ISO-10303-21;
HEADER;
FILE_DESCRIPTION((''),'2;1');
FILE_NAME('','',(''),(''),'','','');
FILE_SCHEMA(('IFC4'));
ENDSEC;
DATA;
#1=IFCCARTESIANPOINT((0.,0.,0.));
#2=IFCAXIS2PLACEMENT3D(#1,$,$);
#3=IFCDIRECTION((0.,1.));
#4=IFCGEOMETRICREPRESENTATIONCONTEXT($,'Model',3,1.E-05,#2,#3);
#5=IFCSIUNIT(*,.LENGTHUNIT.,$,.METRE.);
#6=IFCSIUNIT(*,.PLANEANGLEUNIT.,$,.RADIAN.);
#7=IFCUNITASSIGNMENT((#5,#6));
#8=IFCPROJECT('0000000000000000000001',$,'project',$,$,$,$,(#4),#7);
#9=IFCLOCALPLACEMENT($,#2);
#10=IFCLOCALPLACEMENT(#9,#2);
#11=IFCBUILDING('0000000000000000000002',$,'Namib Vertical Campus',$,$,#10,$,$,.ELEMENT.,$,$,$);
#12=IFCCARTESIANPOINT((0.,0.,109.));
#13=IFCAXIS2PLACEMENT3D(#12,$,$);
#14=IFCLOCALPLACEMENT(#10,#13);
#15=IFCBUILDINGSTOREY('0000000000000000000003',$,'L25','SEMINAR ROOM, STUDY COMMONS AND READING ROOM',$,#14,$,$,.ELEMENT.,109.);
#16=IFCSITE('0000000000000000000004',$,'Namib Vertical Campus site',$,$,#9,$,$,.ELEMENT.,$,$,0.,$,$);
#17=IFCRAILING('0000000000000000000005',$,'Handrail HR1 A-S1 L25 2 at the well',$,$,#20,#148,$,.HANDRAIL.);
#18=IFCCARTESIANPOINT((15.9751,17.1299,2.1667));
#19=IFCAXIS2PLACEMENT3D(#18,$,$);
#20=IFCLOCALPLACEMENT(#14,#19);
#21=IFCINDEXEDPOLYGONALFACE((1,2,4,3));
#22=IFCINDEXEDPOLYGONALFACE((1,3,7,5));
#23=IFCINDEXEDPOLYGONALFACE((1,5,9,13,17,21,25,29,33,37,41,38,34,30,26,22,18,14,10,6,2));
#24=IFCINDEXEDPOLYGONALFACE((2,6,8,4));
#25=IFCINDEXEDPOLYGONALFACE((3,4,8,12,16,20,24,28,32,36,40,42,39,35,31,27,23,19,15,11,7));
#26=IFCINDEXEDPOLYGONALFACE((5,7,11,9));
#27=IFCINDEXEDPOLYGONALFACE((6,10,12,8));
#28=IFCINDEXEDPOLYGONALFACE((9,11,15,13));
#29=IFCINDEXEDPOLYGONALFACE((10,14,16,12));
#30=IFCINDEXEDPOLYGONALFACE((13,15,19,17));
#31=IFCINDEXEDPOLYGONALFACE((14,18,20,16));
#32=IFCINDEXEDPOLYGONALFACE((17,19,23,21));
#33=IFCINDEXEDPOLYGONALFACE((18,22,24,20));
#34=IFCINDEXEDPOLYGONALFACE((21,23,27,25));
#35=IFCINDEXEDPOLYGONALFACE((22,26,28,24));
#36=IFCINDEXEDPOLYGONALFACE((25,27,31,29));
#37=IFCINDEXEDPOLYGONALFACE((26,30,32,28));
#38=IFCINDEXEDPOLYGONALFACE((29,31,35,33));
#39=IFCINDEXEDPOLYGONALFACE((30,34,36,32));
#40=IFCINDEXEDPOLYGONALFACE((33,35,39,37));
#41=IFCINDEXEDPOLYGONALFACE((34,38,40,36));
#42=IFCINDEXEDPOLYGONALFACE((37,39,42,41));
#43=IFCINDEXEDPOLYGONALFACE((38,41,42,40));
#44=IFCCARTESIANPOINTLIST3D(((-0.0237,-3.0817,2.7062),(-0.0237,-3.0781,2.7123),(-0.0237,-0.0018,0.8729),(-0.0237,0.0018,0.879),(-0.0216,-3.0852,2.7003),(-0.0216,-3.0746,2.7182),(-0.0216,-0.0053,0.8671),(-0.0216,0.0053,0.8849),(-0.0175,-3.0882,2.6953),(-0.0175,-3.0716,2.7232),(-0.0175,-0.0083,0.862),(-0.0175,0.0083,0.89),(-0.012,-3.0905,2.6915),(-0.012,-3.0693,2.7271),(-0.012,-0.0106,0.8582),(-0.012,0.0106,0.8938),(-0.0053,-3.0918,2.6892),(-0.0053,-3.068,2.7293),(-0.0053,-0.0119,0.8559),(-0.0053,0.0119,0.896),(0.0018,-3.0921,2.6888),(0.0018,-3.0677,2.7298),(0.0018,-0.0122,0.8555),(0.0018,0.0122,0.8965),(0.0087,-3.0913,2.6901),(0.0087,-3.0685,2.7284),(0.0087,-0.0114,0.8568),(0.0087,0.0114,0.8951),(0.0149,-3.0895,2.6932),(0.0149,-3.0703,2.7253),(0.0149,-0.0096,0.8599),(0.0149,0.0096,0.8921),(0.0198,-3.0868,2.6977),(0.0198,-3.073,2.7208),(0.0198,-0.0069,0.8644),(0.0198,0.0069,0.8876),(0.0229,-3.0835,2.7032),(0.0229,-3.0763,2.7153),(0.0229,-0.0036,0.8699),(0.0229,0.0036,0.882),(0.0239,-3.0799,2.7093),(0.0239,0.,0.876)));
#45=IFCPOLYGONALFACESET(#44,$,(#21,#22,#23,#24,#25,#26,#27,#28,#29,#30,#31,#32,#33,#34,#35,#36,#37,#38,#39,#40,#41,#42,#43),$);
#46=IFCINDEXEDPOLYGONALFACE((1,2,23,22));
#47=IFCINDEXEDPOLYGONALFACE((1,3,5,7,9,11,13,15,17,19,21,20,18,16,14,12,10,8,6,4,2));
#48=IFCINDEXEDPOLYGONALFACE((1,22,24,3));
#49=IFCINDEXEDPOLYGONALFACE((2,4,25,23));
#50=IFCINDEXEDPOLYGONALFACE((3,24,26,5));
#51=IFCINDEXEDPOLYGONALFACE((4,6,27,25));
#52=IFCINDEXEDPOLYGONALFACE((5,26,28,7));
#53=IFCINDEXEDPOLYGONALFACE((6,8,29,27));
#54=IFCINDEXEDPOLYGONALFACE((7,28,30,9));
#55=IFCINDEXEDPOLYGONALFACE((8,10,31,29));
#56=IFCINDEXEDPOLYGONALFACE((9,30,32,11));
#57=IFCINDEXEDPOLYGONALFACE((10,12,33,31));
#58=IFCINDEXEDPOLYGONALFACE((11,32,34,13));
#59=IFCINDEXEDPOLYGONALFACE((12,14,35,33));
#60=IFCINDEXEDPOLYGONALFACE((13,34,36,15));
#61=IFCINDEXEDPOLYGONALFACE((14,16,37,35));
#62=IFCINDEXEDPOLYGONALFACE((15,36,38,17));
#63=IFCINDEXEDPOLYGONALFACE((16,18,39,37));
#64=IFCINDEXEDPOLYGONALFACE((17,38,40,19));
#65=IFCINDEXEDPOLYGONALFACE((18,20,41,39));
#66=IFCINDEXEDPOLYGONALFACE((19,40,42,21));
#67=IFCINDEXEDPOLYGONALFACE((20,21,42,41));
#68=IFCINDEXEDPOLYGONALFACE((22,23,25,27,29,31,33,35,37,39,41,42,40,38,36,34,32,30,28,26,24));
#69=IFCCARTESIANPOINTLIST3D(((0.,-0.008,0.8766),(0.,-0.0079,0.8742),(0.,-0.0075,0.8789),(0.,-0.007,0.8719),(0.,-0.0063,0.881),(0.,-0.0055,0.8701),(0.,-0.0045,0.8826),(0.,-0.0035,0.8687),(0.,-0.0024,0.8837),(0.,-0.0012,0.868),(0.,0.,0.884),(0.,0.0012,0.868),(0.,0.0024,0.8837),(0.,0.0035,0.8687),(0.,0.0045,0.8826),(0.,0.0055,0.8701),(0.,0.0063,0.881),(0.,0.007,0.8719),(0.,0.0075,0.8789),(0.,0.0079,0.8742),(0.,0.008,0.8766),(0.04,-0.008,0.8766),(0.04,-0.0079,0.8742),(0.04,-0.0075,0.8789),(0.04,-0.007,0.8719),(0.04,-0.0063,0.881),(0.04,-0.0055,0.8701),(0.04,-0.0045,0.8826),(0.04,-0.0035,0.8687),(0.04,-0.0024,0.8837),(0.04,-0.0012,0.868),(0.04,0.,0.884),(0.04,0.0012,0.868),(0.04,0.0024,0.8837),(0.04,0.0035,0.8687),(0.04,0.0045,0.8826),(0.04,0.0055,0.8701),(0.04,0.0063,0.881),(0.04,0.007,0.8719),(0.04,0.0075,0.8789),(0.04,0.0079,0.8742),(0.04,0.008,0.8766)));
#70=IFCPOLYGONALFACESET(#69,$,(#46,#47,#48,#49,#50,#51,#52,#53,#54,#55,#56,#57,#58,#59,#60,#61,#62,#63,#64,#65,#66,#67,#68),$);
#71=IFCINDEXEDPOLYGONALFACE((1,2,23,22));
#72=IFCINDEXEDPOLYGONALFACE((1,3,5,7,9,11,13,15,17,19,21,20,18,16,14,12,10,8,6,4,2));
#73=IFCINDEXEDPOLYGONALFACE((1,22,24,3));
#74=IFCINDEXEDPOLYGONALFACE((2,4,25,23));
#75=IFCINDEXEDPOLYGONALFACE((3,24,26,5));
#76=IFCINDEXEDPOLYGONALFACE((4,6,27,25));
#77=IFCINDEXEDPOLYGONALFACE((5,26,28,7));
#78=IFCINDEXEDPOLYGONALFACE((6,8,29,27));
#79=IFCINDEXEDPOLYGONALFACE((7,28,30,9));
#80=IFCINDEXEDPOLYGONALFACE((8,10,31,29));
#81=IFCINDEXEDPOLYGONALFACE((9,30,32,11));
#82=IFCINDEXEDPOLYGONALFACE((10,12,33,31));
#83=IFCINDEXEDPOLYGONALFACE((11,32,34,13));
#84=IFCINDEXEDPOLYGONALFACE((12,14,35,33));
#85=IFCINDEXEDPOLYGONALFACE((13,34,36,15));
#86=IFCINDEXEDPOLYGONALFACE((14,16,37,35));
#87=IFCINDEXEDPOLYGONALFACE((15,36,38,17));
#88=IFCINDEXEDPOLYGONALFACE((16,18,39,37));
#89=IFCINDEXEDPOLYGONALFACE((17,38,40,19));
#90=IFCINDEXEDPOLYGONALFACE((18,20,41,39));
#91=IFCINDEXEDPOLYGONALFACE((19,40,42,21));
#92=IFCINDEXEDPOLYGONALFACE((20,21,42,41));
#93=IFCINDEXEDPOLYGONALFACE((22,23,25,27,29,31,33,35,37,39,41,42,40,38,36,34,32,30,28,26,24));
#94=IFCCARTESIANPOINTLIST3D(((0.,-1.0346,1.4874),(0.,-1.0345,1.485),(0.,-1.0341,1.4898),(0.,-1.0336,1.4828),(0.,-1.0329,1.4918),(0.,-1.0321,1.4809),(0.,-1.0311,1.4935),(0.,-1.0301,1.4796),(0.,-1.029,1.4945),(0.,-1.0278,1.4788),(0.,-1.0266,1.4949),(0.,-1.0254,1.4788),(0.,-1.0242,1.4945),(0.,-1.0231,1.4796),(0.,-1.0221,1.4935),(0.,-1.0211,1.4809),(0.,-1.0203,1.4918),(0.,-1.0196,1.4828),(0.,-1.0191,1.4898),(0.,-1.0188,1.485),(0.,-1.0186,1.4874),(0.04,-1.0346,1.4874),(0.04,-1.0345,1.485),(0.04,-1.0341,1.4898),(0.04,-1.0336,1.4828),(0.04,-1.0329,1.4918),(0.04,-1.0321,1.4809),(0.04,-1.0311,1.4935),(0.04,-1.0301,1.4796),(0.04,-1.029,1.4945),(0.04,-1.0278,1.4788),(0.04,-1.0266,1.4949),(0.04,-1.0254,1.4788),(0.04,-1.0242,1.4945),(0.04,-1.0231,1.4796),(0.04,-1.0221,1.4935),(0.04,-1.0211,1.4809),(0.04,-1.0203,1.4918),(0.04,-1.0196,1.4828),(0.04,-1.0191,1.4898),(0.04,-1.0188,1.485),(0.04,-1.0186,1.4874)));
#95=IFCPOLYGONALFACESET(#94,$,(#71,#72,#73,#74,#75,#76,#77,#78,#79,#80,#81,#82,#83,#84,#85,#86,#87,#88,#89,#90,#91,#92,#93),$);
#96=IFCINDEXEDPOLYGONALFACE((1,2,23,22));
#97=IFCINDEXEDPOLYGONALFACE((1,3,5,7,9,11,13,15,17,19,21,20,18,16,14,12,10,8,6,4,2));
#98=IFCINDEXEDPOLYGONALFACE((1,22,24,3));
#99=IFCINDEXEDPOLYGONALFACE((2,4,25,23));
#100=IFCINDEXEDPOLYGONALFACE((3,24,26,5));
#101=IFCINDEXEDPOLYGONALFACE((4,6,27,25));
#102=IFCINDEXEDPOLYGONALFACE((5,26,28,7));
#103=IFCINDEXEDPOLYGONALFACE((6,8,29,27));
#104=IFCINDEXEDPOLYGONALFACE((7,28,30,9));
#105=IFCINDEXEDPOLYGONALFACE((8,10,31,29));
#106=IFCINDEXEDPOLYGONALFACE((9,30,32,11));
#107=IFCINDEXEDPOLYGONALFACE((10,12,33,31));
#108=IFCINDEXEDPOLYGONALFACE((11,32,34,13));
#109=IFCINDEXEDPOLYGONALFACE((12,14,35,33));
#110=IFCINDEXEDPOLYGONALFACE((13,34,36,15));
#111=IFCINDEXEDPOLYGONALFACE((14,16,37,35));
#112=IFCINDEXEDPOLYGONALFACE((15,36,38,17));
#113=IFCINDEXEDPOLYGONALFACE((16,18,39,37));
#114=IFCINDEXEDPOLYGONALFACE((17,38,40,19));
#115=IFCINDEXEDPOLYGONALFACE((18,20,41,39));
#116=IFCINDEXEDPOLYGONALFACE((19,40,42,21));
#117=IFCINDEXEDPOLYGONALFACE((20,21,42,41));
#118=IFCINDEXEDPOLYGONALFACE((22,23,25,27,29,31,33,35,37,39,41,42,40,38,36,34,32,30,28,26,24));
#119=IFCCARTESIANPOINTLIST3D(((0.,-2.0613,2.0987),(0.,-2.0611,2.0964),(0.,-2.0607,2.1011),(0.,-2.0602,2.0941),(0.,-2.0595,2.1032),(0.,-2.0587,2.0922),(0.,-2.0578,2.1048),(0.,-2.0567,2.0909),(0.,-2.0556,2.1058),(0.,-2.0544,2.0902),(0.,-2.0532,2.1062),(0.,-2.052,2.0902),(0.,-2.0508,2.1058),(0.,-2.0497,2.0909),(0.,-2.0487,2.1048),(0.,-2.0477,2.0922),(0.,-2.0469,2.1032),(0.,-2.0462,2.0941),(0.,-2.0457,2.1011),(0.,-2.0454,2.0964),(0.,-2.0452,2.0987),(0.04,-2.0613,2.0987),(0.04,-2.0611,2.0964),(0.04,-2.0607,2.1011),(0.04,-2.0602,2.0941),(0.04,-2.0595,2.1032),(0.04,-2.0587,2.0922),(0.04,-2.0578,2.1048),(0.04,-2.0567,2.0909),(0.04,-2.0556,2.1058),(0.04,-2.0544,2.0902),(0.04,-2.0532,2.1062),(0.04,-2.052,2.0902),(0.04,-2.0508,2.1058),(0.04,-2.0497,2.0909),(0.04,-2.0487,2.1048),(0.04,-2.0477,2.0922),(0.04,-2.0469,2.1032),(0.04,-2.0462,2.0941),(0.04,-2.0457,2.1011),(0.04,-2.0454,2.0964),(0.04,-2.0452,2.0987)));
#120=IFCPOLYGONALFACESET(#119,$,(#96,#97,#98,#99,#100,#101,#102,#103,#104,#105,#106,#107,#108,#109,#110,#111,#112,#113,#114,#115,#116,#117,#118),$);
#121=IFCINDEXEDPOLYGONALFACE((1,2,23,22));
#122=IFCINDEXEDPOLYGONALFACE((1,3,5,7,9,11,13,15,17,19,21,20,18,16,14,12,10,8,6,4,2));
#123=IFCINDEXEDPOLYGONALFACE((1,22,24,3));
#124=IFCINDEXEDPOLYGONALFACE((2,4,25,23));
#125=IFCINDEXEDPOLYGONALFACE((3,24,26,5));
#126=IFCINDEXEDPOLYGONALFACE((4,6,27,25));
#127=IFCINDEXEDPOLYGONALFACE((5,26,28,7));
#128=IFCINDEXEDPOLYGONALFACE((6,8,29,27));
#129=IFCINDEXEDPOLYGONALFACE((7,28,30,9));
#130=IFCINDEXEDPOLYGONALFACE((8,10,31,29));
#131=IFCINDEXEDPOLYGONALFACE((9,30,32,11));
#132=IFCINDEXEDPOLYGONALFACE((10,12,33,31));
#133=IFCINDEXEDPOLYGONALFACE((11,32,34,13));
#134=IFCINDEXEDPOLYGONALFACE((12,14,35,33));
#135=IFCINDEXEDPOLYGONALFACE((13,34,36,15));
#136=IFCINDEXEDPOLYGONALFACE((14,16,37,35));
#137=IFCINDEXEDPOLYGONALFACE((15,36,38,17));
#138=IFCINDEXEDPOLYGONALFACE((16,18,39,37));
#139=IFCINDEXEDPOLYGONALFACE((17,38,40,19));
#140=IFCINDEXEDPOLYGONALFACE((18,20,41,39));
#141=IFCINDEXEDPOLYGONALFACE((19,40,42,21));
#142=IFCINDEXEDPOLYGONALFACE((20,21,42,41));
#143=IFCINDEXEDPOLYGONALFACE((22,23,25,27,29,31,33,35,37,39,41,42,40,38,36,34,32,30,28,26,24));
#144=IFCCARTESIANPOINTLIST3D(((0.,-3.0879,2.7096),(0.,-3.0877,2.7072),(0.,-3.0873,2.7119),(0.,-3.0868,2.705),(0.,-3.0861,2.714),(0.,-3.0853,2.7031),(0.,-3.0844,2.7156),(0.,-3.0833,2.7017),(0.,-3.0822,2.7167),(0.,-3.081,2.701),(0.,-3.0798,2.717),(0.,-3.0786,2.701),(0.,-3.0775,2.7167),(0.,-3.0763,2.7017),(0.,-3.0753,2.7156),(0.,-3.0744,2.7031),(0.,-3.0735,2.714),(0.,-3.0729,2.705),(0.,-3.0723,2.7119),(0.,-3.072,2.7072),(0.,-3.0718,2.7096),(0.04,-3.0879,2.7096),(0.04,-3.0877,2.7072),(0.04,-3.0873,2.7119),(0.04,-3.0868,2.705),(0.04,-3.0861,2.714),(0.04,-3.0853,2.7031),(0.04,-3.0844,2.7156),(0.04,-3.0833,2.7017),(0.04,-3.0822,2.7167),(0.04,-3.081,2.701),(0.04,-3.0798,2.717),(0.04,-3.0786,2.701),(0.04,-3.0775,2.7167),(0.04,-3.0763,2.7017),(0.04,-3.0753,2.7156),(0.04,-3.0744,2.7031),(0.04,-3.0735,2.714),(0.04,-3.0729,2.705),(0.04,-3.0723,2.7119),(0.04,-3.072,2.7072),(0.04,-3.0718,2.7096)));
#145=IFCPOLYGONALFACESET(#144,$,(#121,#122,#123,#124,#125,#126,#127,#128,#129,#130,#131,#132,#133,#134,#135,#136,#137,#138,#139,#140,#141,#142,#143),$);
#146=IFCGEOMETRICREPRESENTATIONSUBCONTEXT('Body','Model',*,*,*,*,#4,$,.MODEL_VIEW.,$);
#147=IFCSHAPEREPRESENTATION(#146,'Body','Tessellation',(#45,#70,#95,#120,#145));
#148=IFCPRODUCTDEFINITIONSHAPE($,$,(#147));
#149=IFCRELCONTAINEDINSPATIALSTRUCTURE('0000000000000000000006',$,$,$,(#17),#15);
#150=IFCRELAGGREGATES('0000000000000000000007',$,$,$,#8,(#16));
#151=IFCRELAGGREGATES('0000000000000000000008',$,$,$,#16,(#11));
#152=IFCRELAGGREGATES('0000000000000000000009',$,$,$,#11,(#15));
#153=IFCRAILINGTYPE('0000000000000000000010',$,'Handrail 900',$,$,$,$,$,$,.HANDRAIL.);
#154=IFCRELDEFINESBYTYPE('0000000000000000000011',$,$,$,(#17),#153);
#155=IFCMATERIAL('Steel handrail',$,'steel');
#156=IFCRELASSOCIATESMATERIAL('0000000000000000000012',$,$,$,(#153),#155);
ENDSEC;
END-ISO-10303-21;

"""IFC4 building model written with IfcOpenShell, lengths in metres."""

from ifc_helpers import new_model, si_unit, direction, frame, origin, origin_2d, place, context, subcontext, project, spatial, circle, extrude, material, type_object, element, save


model = new_model("IFC4")

# Units and contexts
model_context = context("Model", 3, precision=1e-05, world=origin(), true_north=direction((0.0, 1.0)))
body_context = subcontext(model_context, "Body", "Model", "MODEL_VIEW")
ifc_project = project(units=[si_unit("LENGTHUNIT", "METRE"), si_unit("PLANEANGLEUNIT", "RADIAN")], contexts=[model_context])

# Site, building, storey
site_placement = place(None, origin())
site = spatial("IfcSite", under=ifc_project, at=site_placement, Name="Namib Vertical Campus site", CompositionType="ELEMENT", RefElevation=0.0)
building_placement = place(site_placement, origin())
building = spatial("IfcBuilding", under=site, at=building_placement, Name="Namib Vertical Campus", CompositionType="ELEMENT")
storey_placement = place(building_placement, frame((0.0, 0.0, 109.0)))
storey = spatial("IfcBuildingStorey", under=building, at=storey_placement, Name="L25", Description="SEMINAR ROOM, STUDY COMMONS AND READING ROOM", CompositionType="ELEMENT", Elevation=109.0)

# Railing
ifc_material_1 = material(Name="Steel handrail", Category="steel")
railing_type = type_object("IfcRailingType", Name="Handrail 900", PredefinedType="HANDRAIL", material=ifc_material_1)
railing_1_placement = place(storey_placement, frame((15.9751, 17.1299, 2.1667)))
element("IfcRailing", 1, at=railing_1_placement, inside=storey, type_object=railing_type, Name="Handrail HR1 A-S1 L25 2 at the well", PredefinedType="HANDRAIL", context=body_context, shape_type="SweptSolid", body=[
    extrude(circle(Radius=0.0239, at=origin_2d()), frame((0.0, 0.0, 0.876), z_axis=(0.0, -0.859291, 0.511487), x_axis=(1.0, 0.0, 0.0)), (0.0, 0.0, 1.0), 3.5842),
    extrude(circle(Radius=0.0081, at=origin_2d()), frame((0.0, 0.0, 0.876), z_axis=(1.0, 0.0, 0.0), x_axis=(0.0, 0.0, 1.0)), (0.0, 0.0, 1.0), 0.04),
    extrude(circle(Radius=0.0081, at=origin_2d()), frame((0.0, -1.0266, 1.4868), z_axis=(1.0, 0.0, 0.0), x_axis=(0.0, 0.0, 1.0)), (0.0, 0.0, 1.0), 0.04),
    extrude(circle(Radius=0.0081, at=origin_2d()), frame((0.0, -2.0532, 2.0981), z_axis=(1.0, 0.0, 0.0), x_axis=(0.0, 0.0, 1.0)), (0.0, 0.0, 1.0), 0.04),
    extrude(circle(Radius=0.0081, at=origin_2d()), frame((0.0, -3.0798, 2.709), z_axis=(1.0, 0.0, 0.0), x_axis=(0.0, 0.0, 1.0)), (0.0, 0.0, 1.0), 0.04),
])

save(model, "model.ifc")
